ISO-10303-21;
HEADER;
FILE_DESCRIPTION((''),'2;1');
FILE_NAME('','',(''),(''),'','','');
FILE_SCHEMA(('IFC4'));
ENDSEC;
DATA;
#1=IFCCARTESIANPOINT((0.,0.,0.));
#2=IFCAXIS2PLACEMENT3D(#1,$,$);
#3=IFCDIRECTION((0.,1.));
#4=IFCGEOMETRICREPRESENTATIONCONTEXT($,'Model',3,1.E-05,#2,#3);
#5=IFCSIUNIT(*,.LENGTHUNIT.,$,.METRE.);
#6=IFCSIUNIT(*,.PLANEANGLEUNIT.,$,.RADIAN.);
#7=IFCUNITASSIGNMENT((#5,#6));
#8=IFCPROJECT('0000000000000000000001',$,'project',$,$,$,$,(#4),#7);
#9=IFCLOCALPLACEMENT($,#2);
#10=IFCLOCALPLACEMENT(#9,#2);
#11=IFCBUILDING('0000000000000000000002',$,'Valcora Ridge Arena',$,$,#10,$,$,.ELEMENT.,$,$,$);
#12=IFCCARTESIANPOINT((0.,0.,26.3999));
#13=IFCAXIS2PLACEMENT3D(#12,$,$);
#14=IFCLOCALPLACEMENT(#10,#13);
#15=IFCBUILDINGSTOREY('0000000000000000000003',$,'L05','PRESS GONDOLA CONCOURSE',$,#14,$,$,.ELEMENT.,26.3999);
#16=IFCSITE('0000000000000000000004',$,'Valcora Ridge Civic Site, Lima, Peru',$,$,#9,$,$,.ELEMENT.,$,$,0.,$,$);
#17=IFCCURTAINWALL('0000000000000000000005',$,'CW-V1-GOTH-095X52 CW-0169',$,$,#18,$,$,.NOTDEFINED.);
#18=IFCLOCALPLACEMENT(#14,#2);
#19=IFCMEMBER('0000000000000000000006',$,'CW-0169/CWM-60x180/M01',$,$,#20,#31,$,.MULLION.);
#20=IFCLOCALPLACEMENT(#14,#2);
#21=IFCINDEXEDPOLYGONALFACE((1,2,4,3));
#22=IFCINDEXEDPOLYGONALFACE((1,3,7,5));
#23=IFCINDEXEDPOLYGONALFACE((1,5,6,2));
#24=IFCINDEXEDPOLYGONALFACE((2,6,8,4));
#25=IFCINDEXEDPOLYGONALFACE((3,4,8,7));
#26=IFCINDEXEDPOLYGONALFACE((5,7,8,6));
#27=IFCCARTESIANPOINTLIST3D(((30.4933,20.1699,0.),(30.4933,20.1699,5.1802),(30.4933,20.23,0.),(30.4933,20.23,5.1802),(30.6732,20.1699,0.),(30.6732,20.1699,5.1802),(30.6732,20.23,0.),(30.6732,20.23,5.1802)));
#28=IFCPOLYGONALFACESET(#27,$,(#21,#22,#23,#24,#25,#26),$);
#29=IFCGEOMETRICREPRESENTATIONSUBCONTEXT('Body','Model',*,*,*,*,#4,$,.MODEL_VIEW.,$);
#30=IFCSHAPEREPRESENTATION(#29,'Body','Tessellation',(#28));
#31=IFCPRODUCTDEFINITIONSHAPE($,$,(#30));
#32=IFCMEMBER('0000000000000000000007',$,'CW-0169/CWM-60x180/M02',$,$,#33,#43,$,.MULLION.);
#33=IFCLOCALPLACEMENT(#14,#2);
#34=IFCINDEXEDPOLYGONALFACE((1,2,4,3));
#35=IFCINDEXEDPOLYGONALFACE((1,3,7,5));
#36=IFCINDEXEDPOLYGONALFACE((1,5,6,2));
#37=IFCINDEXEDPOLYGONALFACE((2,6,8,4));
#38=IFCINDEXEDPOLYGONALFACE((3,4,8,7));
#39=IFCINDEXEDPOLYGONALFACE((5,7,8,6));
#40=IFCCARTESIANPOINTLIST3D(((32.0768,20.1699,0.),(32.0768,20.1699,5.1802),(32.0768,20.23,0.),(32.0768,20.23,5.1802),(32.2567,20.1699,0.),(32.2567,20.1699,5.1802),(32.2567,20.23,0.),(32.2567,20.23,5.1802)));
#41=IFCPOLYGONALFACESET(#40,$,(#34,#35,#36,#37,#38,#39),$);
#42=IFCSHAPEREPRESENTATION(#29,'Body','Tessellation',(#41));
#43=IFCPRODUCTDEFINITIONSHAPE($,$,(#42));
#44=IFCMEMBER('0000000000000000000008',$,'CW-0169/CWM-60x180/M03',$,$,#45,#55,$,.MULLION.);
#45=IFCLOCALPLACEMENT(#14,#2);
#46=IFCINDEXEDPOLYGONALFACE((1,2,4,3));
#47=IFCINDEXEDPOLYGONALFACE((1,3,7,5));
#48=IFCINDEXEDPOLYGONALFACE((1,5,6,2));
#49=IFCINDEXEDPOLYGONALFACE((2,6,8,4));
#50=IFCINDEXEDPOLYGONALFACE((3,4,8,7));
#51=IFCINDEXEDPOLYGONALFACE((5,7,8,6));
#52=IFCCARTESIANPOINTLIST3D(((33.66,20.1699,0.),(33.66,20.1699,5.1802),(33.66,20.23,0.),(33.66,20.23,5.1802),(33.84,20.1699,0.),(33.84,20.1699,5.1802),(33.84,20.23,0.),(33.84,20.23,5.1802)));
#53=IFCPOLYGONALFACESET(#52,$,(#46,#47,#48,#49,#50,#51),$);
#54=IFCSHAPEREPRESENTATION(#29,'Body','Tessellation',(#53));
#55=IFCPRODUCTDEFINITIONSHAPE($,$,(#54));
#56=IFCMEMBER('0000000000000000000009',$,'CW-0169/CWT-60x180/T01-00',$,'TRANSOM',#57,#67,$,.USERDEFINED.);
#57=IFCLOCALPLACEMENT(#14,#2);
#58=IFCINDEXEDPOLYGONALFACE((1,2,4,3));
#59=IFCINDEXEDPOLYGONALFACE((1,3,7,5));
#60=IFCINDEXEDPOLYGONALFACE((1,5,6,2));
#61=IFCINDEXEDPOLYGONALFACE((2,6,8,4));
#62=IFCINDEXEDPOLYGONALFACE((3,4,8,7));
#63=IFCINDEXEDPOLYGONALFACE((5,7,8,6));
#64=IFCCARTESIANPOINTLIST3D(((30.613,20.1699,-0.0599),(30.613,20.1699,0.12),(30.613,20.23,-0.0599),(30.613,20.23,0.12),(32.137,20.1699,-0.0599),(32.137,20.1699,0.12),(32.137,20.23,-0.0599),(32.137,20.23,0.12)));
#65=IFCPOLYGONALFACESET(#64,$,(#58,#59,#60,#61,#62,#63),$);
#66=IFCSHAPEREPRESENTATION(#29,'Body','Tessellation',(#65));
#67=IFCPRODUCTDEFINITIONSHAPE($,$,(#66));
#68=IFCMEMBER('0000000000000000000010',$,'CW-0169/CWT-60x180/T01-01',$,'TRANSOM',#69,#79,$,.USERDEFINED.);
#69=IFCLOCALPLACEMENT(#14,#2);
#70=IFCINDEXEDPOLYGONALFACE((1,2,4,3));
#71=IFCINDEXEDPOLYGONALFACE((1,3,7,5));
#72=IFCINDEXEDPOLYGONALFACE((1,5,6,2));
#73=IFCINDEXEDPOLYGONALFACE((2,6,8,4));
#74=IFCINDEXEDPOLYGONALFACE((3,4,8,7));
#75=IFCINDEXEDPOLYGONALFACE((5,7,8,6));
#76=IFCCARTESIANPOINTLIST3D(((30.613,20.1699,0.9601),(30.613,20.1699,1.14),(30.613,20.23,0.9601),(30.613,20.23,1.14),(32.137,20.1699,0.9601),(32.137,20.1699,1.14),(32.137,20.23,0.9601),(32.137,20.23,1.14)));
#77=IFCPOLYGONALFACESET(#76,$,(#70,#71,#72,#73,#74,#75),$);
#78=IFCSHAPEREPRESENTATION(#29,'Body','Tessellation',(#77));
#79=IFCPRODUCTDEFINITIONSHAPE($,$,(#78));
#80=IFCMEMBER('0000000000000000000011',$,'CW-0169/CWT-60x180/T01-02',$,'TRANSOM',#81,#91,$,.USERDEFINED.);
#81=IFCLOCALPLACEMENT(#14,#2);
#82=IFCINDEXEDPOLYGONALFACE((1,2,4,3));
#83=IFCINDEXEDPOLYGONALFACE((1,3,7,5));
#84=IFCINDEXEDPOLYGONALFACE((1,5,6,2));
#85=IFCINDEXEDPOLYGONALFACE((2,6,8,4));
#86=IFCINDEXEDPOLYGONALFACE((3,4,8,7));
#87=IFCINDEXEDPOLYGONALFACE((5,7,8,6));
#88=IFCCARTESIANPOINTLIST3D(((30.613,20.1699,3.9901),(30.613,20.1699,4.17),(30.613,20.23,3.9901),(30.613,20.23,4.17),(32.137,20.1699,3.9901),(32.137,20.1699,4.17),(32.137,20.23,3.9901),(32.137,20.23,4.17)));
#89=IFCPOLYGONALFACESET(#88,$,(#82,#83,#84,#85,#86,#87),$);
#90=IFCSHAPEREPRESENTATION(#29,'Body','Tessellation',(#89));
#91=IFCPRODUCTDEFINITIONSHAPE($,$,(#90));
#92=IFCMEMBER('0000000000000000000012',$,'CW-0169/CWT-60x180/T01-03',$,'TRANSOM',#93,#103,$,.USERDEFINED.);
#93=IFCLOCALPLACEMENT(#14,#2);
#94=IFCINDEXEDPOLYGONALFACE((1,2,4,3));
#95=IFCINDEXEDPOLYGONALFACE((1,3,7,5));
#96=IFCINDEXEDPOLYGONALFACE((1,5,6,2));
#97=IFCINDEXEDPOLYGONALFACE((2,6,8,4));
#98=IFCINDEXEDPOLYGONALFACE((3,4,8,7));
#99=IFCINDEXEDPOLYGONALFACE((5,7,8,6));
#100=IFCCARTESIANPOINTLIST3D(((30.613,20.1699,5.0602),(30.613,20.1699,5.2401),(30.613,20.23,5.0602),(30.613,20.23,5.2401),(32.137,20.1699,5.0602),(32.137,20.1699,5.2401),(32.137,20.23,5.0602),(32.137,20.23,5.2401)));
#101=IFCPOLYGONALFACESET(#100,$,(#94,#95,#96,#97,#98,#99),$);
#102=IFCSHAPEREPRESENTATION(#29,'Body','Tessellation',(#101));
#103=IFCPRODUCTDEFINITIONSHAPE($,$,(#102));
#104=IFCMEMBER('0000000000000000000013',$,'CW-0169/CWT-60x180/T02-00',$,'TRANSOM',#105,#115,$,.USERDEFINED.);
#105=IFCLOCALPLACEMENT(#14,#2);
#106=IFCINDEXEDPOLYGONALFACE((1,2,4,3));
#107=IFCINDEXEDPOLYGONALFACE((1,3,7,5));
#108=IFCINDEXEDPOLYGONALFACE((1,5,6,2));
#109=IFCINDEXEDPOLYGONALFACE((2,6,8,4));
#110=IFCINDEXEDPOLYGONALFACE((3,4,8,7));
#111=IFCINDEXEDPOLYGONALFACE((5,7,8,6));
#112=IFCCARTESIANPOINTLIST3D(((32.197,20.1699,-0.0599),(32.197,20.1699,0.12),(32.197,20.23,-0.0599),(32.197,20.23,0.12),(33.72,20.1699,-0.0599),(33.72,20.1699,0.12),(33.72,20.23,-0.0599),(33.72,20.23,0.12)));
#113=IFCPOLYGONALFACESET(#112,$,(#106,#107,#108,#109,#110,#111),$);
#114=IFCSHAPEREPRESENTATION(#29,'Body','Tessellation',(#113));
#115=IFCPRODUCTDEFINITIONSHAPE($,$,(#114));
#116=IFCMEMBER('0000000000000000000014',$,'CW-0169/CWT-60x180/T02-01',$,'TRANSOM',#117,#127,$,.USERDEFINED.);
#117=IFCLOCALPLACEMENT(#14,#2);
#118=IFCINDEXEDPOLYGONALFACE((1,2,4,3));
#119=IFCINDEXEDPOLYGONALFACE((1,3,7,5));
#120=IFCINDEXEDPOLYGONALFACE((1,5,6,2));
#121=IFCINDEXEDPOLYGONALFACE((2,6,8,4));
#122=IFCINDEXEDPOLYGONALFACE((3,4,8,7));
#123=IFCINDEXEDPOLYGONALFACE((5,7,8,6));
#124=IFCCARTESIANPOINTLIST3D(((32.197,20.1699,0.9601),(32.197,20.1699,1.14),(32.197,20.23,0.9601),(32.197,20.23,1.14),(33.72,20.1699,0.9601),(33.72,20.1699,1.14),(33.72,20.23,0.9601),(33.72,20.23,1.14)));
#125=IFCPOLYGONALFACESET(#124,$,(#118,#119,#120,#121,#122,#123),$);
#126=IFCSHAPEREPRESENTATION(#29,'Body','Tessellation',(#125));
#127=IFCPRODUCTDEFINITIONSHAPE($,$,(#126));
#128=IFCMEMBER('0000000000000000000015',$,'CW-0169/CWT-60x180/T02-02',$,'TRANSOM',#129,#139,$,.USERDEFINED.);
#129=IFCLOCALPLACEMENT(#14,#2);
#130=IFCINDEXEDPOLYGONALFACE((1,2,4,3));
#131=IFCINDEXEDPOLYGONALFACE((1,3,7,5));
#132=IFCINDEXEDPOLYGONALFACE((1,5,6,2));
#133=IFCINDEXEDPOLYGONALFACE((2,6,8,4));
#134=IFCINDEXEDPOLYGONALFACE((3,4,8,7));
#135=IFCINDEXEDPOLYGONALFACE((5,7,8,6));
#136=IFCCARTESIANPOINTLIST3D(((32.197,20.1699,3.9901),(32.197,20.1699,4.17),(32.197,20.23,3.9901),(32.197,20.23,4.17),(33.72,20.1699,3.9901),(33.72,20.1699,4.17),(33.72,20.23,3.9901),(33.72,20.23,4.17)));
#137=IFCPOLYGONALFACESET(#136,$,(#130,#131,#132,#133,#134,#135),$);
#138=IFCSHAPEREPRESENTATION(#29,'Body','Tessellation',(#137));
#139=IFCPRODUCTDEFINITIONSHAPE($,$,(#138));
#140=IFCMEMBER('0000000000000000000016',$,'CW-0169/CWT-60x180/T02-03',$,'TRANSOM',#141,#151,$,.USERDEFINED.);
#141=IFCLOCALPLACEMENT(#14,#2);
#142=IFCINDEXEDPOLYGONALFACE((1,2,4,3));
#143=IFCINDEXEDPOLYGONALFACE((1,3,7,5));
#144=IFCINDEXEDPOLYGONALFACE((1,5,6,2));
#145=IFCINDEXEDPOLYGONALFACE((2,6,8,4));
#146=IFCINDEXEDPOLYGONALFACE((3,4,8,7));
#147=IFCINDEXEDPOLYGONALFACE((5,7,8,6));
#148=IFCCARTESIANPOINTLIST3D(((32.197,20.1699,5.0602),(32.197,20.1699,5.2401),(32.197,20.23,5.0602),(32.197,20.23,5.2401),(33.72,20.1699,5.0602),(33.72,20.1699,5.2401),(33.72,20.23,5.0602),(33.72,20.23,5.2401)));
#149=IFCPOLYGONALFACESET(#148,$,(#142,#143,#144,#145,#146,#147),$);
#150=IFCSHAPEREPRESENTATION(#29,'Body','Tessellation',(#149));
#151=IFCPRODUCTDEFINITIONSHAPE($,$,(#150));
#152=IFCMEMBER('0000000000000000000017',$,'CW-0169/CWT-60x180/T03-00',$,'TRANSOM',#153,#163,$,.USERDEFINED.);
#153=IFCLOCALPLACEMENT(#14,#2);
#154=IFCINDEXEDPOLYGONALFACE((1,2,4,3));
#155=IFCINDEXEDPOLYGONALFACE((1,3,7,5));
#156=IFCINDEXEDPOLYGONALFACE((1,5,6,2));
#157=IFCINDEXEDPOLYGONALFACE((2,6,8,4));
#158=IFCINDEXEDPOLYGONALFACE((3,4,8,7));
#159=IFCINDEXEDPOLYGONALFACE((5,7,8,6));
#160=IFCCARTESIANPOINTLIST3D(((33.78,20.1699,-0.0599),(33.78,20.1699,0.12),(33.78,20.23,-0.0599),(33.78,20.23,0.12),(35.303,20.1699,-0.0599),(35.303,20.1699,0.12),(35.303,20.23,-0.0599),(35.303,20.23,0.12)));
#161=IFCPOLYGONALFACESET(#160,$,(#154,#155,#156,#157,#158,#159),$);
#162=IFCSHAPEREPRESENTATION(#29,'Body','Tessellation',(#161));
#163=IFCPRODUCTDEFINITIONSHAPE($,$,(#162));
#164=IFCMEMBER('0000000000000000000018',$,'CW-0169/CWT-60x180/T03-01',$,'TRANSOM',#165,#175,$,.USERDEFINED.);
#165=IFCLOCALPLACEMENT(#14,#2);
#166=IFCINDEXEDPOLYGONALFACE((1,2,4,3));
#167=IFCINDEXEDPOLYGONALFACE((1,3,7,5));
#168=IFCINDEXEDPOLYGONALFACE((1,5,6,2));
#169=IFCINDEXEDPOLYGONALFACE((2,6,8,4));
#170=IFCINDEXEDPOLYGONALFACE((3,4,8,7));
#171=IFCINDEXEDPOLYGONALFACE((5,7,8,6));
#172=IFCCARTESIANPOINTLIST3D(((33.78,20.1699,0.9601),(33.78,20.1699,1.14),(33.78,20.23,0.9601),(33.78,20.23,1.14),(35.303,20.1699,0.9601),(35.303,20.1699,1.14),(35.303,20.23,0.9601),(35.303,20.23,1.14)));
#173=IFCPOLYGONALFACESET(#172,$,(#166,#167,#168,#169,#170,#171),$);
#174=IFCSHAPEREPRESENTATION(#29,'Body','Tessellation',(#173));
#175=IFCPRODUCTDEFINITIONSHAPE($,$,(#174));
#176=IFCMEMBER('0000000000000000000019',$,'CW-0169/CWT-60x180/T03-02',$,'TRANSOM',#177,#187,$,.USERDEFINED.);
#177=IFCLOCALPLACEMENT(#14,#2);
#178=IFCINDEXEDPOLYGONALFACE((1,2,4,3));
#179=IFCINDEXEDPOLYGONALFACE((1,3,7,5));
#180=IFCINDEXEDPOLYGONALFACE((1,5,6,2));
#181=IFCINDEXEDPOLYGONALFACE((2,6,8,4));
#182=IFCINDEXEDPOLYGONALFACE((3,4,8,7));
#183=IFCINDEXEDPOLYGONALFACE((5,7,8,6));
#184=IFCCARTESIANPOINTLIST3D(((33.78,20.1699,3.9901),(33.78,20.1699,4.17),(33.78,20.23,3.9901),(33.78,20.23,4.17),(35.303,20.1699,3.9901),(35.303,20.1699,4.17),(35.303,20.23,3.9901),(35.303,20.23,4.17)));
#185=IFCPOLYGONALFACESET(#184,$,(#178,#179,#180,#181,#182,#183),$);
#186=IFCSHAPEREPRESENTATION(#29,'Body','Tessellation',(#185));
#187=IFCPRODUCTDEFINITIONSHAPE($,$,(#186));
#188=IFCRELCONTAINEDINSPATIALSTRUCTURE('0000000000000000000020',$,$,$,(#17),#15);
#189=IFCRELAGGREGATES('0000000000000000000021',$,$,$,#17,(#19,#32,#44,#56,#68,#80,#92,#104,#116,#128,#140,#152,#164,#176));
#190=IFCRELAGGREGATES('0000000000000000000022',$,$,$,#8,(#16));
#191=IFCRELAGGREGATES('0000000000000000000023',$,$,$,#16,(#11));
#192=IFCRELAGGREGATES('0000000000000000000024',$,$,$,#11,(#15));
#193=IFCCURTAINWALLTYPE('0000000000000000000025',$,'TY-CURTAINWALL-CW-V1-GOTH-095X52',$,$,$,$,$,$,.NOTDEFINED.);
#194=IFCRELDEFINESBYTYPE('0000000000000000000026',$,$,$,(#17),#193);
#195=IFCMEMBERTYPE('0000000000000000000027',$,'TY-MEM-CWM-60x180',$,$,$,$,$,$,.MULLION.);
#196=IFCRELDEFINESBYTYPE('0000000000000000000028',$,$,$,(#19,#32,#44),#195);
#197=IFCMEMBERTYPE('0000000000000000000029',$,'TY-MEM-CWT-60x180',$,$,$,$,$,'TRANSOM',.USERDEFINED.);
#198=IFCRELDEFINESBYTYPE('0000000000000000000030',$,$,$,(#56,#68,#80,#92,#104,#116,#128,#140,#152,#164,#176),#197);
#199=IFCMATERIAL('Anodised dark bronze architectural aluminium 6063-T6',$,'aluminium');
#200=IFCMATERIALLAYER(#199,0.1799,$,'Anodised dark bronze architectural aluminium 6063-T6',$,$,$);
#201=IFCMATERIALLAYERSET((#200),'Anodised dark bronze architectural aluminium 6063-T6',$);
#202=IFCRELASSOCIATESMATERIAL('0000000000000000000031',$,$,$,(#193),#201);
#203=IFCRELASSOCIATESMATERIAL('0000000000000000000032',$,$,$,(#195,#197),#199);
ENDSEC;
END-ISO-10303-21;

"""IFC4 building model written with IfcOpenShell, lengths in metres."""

from ifc_helpers import new_model, si_unit, direction, frame, origin, origin_2d, place, context, subcontext, project, spatial, rectangle, extrude, material, layer, layer_set, material_profile, profile_set, type_object, element, aggregate, save


model = new_model("IFC4")

# Units and contexts
model_context = context("Model", 3, precision=1e-05, world=origin(), true_north=direction((0.0, 1.0)))
body_context = subcontext(model_context, "Body", "Model", "MODEL_VIEW")
ifc_project = project(units=[si_unit("LENGTHUNIT", "METRE"), si_unit("PLANEANGLEUNIT", "RADIAN")], contexts=[model_context])

# Site, building, storey
site_placement = place(None, origin())
site = spatial("IfcSite", under=ifc_project, at=site_placement, Name="Valcora Ridge Civic Site, Lima, Peru", CompositionType="ELEMENT", RefElevation=0.0)
building_placement = place(site_placement, origin())
building = spatial("IfcBuilding", under=site, at=building_placement, Name="Valcora Ridge Arena", CompositionType="ELEMENT")
storey_placement = place(building_placement, frame((0.0, 0.0, 26.3999)))
storey = spatial("IfcBuildingStorey", under=building, at=storey_placement, Name="L05", Description="PRESS GONDOLA CONCOURSE", CompositionType="ELEMENT", Elevation=26.3999)

# Curtain wall, members
ifc_material_1 = material(Name="Anodised dark bronze architectural aluminium 6063-T6", Category="aluminium")
ifc_layer_1 = layer(ifc_material_1, 0.1799, Name="Anodised dark bronze architectural aluminium 6063-T6")
ifc_layer_set_1 = layer_set([ifc_layer_1], Name="Anodised dark bronze architectural aluminium 6063-T6")
curtain_wall_type = type_object("IfcCurtainWallType", Name="TY-CURTAINWALL-CW-V1-GOTH-095X52", PredefinedType="NOTDEFINED", material=ifc_layer_set_1)
curtain_wall_placement = place(storey_placement, origin())
curtain_wall = element("IfcCurtainWall", 1, at=curtain_wall_placement, inside=storey, type_object=curtain_wall_type, Name="CW-V1-GOTH-095X52 CW-0169", PredefinedType="NOTDEFINED")
ifc_material_profile_1 = material_profile(ifc_material_1, rectangle(XDim=0.0601, YDim=0.1799, at=origin_2d()), Name="ALU MULLION 60x180")
ifc_profile_set_1 = profile_set([ifc_material_profile_1], Name="Anodised dark bronze architectural aluminium 6063-T6")
member_type_1 = type_object("IfcMemberType", Name="TY-MEM-CWM-60x180", PredefinedType="MULLION", material=ifc_profile_set_1)
member_1_placement = place(storey_placement, frame((30.5833, 20.2, 0.0), z_axis=(0.0, 0.0, 1.0), x_axis=(0.0, 1.0, 0.0)))
member_1 = element("IfcMember", 2, at=member_1_placement, type_object=member_type_1, Name="CW-0169/CWM-60x180/M01", PredefinedType="MULLION", context=body_context, shape_type="SweptSolid", body=[
    extrude(rectangle(XDim=0.0601, YDim=0.1799, at=origin_2d()), origin(), (0.0, 0.0, 1.0), 5.1802),
])
member_2_placement = place(storey_placement, frame((32.1667, 20.2, 0.0), z_axis=(0.0, 0.0, 1.0), x_axis=(0.0, 1.0, 0.0)))
member_2 = element("IfcMember", 3, at=member_2_placement, type_object=member_type_1, Name="CW-0169/CWM-60x180/M02", PredefinedType="MULLION", context=body_context, shape_type="SweptSolid", body=[
    extrude(rectangle(XDim=0.0601, YDim=0.1799, at=origin_2d()), origin(), (0.0, 0.0, 1.0), 5.1802),
])
member_3_placement = place(storey_placement, frame((33.75, 20.2, 0.0), z_axis=(0.0, 0.0, 1.0), x_axis=(0.0, 1.0, 0.0)))
member_3 = element("IfcMember", 4, at=member_3_placement, type_object=member_type_1, Name="CW-0169/CWM-60x180/M03", PredefinedType="MULLION", context=body_context, shape_type="SweptSolid", body=[
    extrude(rectangle(XDim=0.0601, YDim=0.1799, at=origin_2d()), origin(), (0.0, 0.0, 1.0), 5.1802),
])
ifc_material_profile_2 = material_profile(ifc_material_1, rectangle(XDim=0.0601, YDim=0.1799, at=origin_2d()), Name="ALU TRANSOM 60x180")
ifc_profile_set_2 = profile_set([ifc_material_profile_2], Name="Anodised dark bronze architectural aluminium 6063-T6")
member_type_2 = type_object("IfcMemberType", Name="TY-MEM-CWT-60x180", ElementType="TRANSOM", PredefinedType="USERDEFINED", material=ifc_profile_set_2)
member_4_placement = place(storey_placement, frame((30.613, 20.2, 0.03), z_axis=(1.0, 0.0, 0.0), x_axis=(0.0, 1.0, 0.0)))
member_4 = element("IfcMember", 5, at=member_4_placement, type_object=member_type_2, Name="CW-0169/CWT-60x180/T01-00", ObjectType="TRANSOM", PredefinedType="USERDEFINED", context=body_context, shape_type="SweptSolid", body=[
    extrude(rectangle(XDim=0.0601, YDim=0.1799, at=origin_2d()), origin(), (0.0, 0.0, 1.0), 1.5239),
])
member_5_placement = place(storey_placement, frame((30.613, 20.2, 1.05), z_axis=(1.0, 0.0, 0.0), x_axis=(0.0, 1.0, 0.0)))
member_5 = element("IfcMember", 6, at=member_5_placement, type_object=member_type_2, Name="CW-0169/CWT-60x180/T01-01", ObjectType="TRANSOM", PredefinedType="USERDEFINED", context=body_context, shape_type="SweptSolid", body=[
    extrude(rectangle(XDim=0.0601, YDim=0.1799, at=origin_2d()), origin(), (0.0, 0.0, 1.0), 1.5239),
])
member_6_placement = place(storey_placement, frame((30.613, 20.2, 4.0801), z_axis=(1.0, 0.0, 0.0), x_axis=(0.0, 1.0, 0.0)))
member_6 = element("IfcMember", 7, at=member_6_placement, type_object=member_type_2, Name="CW-0169/CWT-60x180/T01-02", ObjectType="TRANSOM", PredefinedType="USERDEFINED", context=body_context, shape_type="SweptSolid", body=[
    extrude(rectangle(XDim=0.0601, YDim=0.1799, at=origin_2d()), origin(), (0.0, 0.0, 1.0), 1.5239),
])
member_7_placement = place(storey_placement, frame((30.613, 20.2, 5.1501), z_axis=(1.0, 0.0, 0.0), x_axis=(0.0, 1.0, 0.0)))
member_7 = element("IfcMember", 8, at=member_7_placement, type_object=member_type_2, Name="CW-0169/CWT-60x180/T01-03", ObjectType="TRANSOM", PredefinedType="USERDEFINED", context=body_context, shape_type="SweptSolid", body=[
    extrude(rectangle(XDim=0.0601, YDim=0.1799, at=origin_2d()), origin(), (0.0, 0.0, 1.0), 1.5239),
])
member_8_placement = place(storey_placement, frame((32.197, 20.2, 0.03), z_axis=(1.0, 0.0, 0.0), x_axis=(0.0, 1.0, 0.0)))
member_8 = element("IfcMember", 9, at=member_8_placement, type_object=member_type_2, Name="CW-0169/CWT-60x180/T02-00", ObjectType="TRANSOM", PredefinedType="USERDEFINED", context=body_context, shape_type="SweptSolid", body=[
    extrude(rectangle(XDim=0.0601, YDim=0.1799, at=origin_2d()), origin(), (0.0, 0.0, 1.0), 1.5229),
])
member_9_placement = place(storey_placement, frame((32.197, 20.2, 1.05), z_axis=(1.0, 0.0, 0.0), x_axis=(0.0, 1.0, 0.0)))
member_9 = element("IfcMember", 10, at=member_9_placement, type_object=member_type_2, Name="CW-0169/CWT-60x180/T02-01", ObjectType="TRANSOM", PredefinedType="USERDEFINED", context=body_context, shape_type="SweptSolid", body=[
    extrude(rectangle(XDim=0.0601, YDim=0.1799, at=origin_2d()), origin(), (0.0, 0.0, 1.0), 1.5229),
])
member_10_placement = place(storey_placement, frame((32.197, 20.2, 4.0801), z_axis=(1.0, 0.0, 0.0), x_axis=(0.0, 1.0, 0.0)))
member_10 = element("IfcMember", 11, at=member_10_placement, type_object=member_type_2, Name="CW-0169/CWT-60x180/T02-02", ObjectType="TRANSOM", PredefinedType="USERDEFINED", context=body_context, shape_type="SweptSolid", body=[
    extrude(rectangle(XDim=0.0601, YDim=0.1799, at=origin_2d()), origin(), (0.0, 0.0, 1.0), 1.5229),
])
member_11_placement = place(storey_placement, frame((32.197, 20.2, 5.1501), z_axis=(1.0, 0.0, 0.0), x_axis=(0.0, 1.0, 0.0)))
member_11 = element("IfcMember", 12, at=member_11_placement, type_object=member_type_2, Name="CW-0169/CWT-60x180/T02-03", ObjectType="TRANSOM", PredefinedType="USERDEFINED", context=body_context, shape_type="SweptSolid", body=[
    extrude(rectangle(XDim=0.0601, YDim=0.1799, at=origin_2d()), origin(), (0.0, 0.0, 1.0), 1.5229),
])
member_12_placement = place(storey_placement, frame((33.78, 20.2, 0.03), z_axis=(1.0, 0.0, 0.0), x_axis=(0.0, 1.0, 0.0)))
member_12 = element("IfcMember", 13, at=member_12_placement, type_object=member_type_2, Name="CW-0169/CWT-60x180/T03-00", ObjectType="TRANSOM", PredefinedType="USERDEFINED", context=body_context, shape_type="SweptSolid", body=[
    extrude(rectangle(XDim=0.0601, YDim=0.1799, at=origin_2d()), origin(), (0.0, 0.0, 1.0), 1.5229),
])
member_13_placement = place(storey_placement, frame((33.78, 20.2, 1.05), z_axis=(1.0, 0.0, 0.0), x_axis=(0.0, 1.0, 0.0)))
member_13 = element("IfcMember", 14, at=member_13_placement, type_object=member_type_2, Name="CW-0169/CWT-60x180/T03-01", ObjectType="TRANSOM", PredefinedType="USERDEFINED", context=body_context, shape_type="SweptSolid", body=[
    extrude(rectangle(XDim=0.0601, YDim=0.1799, at=origin_2d()), origin(), (0.0, 0.0, 1.0), 1.5229),
])
member_14_placement = place(storey_placement, frame((33.78, 20.2, 4.0801), z_axis=(1.0, 0.0, 0.0), x_axis=(0.0, 1.0, 0.0)))
member_14 = element("IfcMember", 15, at=member_14_placement, type_object=member_type_2, Name="CW-0169/CWT-60x180/T03-02", ObjectType="TRANSOM", PredefinedType="USERDEFINED", context=body_context, shape_type="SweptSolid", body=[
    extrude(rectangle(XDim=0.0601, YDim=0.1799, at=origin_2d()), origin(), (0.0, 0.0, 1.0), 1.5229),
])

aggregate(curtain_wall, [member_1, member_2, member_3, member_4, member_5, member_6, member_7, member_8, member_9, member_10, member_11, member_12, member_13, member_14])

save(model, "model.ifc")
